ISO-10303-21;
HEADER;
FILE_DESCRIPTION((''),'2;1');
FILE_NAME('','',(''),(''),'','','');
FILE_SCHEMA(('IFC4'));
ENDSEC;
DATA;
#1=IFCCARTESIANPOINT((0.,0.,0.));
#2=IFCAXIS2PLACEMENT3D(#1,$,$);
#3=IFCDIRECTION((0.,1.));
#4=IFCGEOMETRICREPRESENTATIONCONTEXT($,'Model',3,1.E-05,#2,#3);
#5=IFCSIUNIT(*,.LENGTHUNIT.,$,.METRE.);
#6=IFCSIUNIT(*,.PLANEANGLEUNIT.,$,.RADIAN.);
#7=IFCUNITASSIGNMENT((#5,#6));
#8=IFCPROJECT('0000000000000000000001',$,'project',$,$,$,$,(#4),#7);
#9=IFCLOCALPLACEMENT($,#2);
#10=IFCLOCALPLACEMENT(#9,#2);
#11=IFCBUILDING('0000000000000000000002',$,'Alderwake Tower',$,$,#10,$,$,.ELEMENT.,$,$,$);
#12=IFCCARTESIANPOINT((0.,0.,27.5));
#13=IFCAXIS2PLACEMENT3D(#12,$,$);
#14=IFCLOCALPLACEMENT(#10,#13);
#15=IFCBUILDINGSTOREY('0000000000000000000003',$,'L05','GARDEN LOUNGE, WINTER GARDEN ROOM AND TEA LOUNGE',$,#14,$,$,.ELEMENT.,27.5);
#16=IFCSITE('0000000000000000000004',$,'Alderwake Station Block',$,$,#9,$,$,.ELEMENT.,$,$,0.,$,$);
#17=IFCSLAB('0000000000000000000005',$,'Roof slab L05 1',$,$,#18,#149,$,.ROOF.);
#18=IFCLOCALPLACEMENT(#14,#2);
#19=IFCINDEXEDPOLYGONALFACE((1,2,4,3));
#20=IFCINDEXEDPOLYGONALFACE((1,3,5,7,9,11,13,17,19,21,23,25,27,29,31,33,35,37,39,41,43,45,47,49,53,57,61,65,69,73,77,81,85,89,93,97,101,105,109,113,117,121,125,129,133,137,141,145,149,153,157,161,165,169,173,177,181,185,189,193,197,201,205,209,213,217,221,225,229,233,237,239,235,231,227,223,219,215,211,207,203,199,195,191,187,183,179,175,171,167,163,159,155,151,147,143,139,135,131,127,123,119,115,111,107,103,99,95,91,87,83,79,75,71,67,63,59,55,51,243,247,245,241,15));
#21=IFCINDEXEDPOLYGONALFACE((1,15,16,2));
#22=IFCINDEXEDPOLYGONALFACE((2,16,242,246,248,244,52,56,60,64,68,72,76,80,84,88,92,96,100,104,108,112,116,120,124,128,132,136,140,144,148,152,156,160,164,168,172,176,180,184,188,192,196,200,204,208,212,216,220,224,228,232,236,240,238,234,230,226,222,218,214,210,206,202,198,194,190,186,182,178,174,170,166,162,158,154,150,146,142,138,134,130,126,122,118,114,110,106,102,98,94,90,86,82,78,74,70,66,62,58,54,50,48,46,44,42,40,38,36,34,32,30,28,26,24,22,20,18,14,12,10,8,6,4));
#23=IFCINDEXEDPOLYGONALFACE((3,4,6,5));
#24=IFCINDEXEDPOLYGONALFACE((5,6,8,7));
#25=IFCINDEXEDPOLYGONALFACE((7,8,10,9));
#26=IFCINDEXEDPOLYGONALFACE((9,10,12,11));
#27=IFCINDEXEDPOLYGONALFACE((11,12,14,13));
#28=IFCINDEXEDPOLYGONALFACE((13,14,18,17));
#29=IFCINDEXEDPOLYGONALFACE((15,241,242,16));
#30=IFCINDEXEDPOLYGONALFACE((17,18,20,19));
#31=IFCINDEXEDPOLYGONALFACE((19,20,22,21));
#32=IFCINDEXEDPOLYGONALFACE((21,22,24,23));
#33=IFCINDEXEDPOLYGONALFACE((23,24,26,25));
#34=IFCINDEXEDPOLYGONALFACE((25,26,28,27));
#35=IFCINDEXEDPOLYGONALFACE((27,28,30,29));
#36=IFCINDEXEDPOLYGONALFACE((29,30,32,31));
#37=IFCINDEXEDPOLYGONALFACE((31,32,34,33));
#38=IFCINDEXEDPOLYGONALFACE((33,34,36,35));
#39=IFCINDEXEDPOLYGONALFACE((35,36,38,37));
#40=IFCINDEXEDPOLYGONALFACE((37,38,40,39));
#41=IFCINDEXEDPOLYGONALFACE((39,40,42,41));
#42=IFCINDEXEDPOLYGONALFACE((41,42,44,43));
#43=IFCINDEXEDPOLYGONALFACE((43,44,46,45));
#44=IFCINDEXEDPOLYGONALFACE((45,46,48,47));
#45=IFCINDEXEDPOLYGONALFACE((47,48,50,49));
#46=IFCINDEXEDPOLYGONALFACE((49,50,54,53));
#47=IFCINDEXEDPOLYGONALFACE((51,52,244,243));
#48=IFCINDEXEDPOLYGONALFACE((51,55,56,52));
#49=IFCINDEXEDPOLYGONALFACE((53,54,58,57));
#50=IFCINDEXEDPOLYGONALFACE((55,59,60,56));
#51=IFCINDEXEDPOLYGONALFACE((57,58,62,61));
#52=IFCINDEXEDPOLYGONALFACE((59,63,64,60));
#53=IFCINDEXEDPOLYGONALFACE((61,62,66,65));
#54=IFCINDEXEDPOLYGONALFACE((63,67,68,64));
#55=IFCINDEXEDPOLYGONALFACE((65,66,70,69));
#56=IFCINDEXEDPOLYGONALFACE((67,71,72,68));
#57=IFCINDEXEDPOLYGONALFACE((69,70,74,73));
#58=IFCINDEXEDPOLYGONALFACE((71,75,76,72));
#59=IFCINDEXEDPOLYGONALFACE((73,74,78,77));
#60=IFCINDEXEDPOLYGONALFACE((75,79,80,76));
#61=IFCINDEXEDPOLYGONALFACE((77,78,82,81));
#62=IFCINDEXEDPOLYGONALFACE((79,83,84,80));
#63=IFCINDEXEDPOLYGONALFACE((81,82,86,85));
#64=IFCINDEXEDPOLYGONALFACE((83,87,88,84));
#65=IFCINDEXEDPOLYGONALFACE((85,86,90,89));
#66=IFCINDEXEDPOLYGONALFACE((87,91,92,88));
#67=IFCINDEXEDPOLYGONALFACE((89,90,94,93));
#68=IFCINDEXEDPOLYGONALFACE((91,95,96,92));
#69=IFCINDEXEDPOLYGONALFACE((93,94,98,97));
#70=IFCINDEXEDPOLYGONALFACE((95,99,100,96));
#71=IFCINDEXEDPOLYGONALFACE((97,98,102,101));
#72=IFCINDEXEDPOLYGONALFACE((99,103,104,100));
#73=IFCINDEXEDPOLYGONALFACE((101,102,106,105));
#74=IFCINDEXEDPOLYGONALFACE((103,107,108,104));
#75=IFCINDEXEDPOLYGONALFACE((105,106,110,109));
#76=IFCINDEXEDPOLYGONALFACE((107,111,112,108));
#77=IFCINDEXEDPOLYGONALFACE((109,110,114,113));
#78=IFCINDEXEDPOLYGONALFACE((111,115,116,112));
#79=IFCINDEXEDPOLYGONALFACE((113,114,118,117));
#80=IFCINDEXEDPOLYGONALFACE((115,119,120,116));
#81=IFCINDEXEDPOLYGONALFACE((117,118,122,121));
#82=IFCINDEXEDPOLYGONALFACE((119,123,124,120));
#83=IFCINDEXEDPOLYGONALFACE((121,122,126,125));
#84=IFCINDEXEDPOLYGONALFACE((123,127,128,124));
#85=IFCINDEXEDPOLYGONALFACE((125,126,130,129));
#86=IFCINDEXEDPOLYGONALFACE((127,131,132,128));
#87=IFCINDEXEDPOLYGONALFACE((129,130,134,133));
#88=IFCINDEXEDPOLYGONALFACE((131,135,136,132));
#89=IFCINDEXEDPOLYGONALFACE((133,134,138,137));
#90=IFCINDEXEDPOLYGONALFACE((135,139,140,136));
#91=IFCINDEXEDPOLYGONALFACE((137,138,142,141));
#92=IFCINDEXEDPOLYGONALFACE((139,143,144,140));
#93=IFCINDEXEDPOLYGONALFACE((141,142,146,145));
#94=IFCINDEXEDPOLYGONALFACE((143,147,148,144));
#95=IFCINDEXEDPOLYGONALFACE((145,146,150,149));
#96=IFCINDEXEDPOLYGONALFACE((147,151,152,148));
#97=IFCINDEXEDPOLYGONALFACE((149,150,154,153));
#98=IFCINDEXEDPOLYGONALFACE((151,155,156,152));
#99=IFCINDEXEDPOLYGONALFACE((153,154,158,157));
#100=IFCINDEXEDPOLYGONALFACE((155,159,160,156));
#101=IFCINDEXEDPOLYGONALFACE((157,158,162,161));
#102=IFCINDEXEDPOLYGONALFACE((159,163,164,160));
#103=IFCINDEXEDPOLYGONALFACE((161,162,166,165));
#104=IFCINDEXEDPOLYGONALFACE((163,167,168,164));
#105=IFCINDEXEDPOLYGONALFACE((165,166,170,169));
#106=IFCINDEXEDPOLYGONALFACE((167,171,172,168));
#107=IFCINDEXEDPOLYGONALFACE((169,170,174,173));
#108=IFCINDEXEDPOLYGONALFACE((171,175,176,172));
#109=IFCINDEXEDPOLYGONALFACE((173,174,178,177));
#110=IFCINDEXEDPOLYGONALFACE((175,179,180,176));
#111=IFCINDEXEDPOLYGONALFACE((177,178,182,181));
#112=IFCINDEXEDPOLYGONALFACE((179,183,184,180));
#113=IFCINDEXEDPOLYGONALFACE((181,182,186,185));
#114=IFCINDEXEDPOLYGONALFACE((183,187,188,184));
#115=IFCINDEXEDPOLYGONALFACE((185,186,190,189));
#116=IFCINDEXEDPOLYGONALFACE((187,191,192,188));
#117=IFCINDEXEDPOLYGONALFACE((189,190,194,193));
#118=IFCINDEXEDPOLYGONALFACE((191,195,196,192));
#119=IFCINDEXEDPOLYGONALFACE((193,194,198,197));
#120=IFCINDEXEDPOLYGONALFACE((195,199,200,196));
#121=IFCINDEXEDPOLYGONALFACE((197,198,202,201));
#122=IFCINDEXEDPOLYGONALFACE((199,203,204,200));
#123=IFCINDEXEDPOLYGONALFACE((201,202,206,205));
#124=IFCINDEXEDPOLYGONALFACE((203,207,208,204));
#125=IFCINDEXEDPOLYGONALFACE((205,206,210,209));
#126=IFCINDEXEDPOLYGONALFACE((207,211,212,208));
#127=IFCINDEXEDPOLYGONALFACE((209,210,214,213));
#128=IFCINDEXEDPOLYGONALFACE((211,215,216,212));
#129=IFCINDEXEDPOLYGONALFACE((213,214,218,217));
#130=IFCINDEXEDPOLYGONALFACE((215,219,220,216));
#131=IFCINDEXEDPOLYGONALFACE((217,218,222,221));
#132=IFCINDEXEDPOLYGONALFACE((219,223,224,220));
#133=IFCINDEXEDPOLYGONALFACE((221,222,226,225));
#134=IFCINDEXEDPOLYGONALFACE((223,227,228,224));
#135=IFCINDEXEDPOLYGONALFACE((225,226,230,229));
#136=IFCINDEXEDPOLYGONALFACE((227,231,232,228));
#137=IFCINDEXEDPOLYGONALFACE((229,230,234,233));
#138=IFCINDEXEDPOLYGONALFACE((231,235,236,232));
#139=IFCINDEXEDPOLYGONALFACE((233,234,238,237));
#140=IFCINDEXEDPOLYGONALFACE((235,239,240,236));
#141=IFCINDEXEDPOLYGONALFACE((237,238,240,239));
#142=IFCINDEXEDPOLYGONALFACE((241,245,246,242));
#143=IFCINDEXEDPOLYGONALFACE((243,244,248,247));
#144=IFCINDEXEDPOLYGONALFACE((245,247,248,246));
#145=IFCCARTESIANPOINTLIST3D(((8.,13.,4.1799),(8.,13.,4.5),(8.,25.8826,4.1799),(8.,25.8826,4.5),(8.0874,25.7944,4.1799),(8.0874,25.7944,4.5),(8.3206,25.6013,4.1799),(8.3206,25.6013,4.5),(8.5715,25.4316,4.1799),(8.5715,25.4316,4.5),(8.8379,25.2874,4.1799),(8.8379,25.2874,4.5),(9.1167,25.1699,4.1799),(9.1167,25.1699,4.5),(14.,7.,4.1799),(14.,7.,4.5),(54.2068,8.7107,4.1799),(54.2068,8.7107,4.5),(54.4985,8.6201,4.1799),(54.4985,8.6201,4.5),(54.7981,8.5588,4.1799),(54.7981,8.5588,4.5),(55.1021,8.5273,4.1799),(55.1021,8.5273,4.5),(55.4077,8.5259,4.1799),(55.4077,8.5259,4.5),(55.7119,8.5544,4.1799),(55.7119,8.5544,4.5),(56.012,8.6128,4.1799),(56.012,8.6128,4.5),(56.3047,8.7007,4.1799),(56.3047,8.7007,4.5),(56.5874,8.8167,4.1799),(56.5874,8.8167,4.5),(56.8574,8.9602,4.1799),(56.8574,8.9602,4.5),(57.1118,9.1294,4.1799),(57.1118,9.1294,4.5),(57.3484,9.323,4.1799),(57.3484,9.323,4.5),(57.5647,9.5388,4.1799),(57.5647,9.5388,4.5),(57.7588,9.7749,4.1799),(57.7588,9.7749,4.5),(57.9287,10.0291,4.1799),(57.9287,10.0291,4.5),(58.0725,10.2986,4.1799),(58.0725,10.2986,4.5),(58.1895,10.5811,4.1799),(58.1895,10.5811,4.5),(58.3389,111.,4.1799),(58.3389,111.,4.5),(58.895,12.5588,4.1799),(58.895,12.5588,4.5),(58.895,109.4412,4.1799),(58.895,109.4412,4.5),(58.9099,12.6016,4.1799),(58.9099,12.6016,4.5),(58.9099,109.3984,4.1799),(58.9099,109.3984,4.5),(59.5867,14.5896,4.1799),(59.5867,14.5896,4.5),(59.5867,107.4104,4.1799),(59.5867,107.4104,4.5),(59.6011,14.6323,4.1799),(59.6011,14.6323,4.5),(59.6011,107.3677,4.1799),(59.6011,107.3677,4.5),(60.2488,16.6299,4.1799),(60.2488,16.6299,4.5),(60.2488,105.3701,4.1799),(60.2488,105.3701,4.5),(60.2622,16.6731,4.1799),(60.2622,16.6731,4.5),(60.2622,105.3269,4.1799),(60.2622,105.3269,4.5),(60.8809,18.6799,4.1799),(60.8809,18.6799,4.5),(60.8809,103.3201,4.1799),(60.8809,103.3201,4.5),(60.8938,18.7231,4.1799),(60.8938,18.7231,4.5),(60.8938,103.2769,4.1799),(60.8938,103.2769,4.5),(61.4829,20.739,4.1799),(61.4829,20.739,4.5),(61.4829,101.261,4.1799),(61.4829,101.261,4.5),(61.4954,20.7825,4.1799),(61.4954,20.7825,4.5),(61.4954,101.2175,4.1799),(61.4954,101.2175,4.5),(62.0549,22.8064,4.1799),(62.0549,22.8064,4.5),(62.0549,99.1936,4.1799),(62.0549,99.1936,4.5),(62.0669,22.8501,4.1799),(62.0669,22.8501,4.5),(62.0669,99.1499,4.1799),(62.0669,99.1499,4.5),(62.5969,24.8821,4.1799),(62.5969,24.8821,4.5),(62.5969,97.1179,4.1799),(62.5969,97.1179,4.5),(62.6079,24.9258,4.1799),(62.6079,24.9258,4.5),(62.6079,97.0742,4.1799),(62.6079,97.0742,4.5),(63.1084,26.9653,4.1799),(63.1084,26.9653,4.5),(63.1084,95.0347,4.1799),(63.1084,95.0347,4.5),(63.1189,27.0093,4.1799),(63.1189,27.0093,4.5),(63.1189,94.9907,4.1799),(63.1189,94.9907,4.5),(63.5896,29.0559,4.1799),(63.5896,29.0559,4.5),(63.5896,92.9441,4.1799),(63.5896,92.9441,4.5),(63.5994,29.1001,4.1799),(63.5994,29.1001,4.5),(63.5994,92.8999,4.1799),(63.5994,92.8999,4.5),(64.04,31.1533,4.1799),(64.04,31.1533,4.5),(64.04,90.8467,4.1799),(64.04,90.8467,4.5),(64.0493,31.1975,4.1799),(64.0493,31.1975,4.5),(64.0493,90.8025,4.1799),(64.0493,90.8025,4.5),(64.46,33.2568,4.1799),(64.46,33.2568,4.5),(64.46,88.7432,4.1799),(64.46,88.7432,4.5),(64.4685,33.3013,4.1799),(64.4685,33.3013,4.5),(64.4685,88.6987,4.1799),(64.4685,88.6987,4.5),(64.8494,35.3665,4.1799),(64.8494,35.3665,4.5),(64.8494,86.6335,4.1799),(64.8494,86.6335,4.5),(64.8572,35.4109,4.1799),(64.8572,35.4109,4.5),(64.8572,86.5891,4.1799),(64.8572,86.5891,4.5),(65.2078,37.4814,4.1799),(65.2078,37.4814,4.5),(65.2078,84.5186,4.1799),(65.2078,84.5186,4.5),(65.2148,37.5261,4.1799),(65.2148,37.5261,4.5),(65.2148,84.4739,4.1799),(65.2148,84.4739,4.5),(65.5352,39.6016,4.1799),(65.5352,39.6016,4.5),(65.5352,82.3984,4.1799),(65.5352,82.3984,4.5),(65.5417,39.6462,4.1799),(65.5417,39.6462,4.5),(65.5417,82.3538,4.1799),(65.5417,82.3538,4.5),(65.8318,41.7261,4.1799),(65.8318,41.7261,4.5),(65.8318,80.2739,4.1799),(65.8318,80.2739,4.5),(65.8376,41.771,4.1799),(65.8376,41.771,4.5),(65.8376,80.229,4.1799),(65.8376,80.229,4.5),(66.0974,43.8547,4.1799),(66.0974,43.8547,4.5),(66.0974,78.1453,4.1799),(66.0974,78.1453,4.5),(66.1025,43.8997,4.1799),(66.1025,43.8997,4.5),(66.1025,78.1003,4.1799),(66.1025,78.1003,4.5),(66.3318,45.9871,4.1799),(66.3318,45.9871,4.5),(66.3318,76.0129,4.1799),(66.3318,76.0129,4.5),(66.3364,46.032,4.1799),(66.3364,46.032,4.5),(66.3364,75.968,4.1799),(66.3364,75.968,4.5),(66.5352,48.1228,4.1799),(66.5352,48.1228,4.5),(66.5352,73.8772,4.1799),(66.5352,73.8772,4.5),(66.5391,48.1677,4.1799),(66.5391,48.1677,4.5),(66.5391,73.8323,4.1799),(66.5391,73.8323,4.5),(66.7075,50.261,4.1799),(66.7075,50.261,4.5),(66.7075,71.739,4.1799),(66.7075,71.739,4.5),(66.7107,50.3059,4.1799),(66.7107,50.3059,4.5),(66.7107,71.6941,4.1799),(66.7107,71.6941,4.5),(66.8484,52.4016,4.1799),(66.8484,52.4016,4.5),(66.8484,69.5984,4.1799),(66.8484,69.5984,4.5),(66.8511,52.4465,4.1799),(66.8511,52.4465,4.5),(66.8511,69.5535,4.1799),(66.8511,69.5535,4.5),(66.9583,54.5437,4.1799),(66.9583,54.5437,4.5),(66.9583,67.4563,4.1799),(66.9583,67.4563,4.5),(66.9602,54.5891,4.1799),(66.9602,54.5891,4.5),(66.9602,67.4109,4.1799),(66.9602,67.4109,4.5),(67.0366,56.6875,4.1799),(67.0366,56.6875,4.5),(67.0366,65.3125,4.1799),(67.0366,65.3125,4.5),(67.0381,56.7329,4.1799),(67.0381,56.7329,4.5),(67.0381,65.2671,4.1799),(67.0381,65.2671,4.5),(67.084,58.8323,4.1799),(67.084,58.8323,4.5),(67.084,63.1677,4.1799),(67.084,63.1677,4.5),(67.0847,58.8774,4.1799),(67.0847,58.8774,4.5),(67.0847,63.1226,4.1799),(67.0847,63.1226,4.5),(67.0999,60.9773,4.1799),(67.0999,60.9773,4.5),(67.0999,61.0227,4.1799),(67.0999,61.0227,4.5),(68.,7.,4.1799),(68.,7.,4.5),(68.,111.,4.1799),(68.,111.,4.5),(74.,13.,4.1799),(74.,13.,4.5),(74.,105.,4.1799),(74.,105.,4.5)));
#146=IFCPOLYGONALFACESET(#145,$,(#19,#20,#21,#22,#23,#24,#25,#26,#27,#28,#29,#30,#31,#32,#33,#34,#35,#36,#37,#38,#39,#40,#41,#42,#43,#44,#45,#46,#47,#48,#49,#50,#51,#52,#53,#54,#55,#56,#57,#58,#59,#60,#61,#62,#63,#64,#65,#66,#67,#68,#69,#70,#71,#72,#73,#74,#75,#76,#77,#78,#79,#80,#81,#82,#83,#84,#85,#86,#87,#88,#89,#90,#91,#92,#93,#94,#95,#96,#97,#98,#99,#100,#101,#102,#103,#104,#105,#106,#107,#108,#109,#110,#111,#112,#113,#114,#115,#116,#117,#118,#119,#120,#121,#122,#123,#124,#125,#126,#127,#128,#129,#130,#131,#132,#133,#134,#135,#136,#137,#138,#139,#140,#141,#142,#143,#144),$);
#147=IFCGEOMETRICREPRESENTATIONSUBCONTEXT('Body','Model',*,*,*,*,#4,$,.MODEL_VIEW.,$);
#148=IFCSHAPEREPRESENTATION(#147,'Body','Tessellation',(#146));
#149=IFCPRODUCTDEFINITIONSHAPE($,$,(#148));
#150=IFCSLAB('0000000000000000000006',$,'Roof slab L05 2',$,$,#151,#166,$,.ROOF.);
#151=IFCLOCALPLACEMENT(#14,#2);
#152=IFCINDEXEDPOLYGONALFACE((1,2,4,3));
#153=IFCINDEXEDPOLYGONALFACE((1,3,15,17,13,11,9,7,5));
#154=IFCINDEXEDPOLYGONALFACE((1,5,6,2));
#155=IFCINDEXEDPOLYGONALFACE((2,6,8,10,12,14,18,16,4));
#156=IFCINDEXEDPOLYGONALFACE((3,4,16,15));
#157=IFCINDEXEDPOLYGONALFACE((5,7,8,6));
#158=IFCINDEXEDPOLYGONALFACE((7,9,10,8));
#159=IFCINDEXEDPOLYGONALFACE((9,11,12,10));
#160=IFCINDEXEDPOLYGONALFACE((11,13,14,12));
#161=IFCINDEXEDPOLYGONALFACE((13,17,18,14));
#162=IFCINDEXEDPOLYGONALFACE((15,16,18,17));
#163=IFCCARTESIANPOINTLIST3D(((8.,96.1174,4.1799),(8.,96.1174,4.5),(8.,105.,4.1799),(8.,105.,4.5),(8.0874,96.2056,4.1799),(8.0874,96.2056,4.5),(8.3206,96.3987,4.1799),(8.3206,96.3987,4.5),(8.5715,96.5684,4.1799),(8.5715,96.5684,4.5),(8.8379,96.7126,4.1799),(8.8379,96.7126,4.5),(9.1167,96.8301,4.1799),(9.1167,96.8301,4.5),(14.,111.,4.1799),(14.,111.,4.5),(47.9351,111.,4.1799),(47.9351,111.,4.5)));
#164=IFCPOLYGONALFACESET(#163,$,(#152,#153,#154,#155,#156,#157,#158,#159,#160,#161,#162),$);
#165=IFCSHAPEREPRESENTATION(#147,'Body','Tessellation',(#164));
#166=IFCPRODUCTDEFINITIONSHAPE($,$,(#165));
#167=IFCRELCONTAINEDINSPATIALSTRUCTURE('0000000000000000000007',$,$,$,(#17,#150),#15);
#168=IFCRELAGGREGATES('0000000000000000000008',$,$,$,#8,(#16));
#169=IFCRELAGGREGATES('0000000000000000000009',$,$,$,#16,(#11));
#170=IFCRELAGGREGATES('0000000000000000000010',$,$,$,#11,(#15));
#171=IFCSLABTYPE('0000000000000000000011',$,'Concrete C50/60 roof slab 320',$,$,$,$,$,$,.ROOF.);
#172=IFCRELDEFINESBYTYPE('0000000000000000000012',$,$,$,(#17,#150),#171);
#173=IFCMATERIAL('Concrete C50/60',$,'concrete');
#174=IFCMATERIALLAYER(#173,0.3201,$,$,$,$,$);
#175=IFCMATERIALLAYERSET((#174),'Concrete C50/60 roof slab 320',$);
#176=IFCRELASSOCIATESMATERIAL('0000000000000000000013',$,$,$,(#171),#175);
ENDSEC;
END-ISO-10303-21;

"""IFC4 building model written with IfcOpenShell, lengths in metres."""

from ifc_helpers import new_model, si_unit, direction, frame, origin, place, context, subcontext, project, spatial, polyline, outline, extrude, material, layer, layer_set, type_object, element, save


model = new_model("IFC4")

# Units and contexts
model_context = context("Model", 3, precision=1e-05, world=origin(), true_north=direction((0.0, 1.0)))
body_context = subcontext(model_context, "Body", "Model", "MODEL_VIEW")
ifc_project = project(units=[si_unit("LENGTHUNIT", "METRE"), si_unit("PLANEANGLEUNIT", "RADIAN")], contexts=[model_context])

# Site, building, storey
site_placement = place(None, origin())
site = spatial("IfcSite", under=ifc_project, at=site_placement, Name="Alderwake Station Block", CompositionType="ELEMENT", RefElevation=0.0)
building_placement = place(site_placement, origin())
building = spatial("IfcBuilding", under=site, at=building_placement, Name="Alderwake Tower", CompositionType="ELEMENT")
storey_placement = place(building_placement, frame((0.0, 0.0, 27.5)))
storey = spatial("IfcBuildingStorey", under=building, at=storey_placement, Name="L05", Description="GARDEN LOUNGE, WINTER GARDEN ROOM AND TEA LOUNGE", CompositionType="ELEMENT", Elevation=27.5)

# Slabs
ifc_material_1 = material(Name="Concrete C50/60", Category="concrete")
ifc_layer_1 = layer(ifc_material_1, 0.3201)
ifc_layer_set_1 = layer_set([ifc_layer_1], Name="Concrete C50/60 roof slab 320")
slab_type_1 = type_object("IfcSlabType", Name="Concrete C50/60 roof slab 320", PredefinedType="ROOF", material=ifc_layer_set_1)
slab_1_placement = place(storey_placement, frame((0.0, 0.0, 4.1799)))
element("IfcSlab", 1, at=slab_1_placement, inside=storey, type_object=slab_type_1, Name="Roof slab L05 1", PredefinedType="ROOF", context=body_context, shape_type="SweptSolid", body=[
    extrude(outline(polyline([(74.0, 105.0), (74.0, 13.0), (68.0, 7.0), (14.0, 7.0), (8.0, 13.0), (8.0, 25.8826), (8.0874, 25.7944), (8.3206, 25.6013), (8.5715, 25.4316), (8.8379, 25.2874), (9.1167, 25.1699), (54.2068, 8.7107), (54.4985, 8.6201), (54.7981, 8.5588), (55.1021, 8.5273), (55.4077, 8.5259), (55.7119, 8.5544), (56.012, 8.6128), (56.3047, 8.7007), (56.5874, 8.8167), (56.8574, 8.9602), (57.1118, 9.1294), (57.3484, 9.323), (57.5647, 9.5388), (57.7588, 9.7749), (57.9287, 10.0291), (58.0725, 10.2986), (58.1895, 10.5811), (58.895, 12.5588), (58.9099, 12.6016), (59.5867, 14.5896), (59.6011, 14.6323), (60.2488, 16.6299), (60.2622, 16.6731), (60.8809, 18.6799), (60.8938, 18.7231), (61.4829, 20.739), (61.4954, 20.7825), (62.0549, 22.8064), (62.0669, 22.8501), (62.5969, 24.8821), (62.6079, 24.9258), (63.1084, 26.9653), (63.1189, 27.0093), (63.5896, 29.0559), (63.5994, 29.1001), (64.04, 31.1533), (64.0493, 31.1975), (64.46, 33.2568), (64.4685, 33.3013), (64.8494, 35.3665), (64.8572, 35.4109), (65.2078, 37.4814), (65.2148, 37.5261), (65.5352, 39.6016), (65.5417, 39.6462), (65.8318, 41.7261), (65.8376, 41.771), (66.0974, 43.8547), (66.1025, 43.8997), (66.3318, 45.9871), (66.3364, 46.032), (66.5352, 48.1228), (66.5391, 48.1677), (66.7075, 50.261), (66.7107, 50.3059), (66.8484, 52.4016), (66.8511, 52.4465), (66.9583, 54.5437), (66.9602, 54.5891), (67.0366, 56.6875), (67.0381, 56.7329), (67.084, 58.8323), (67.0847, 58.8774), (67.0999, 60.9773), (67.0999, 61.0227), (67.0847, 63.1226), (67.084, 63.1677), (67.0381, 65.2671), (67.0366, 65.3125), (66.9602, 67.4109), (66.9583, 67.4563), (66.8511, 69.5535), (66.8484, 69.5984), (66.7107, 71.6941), (66.7075, 71.739), (66.5391, 73.8323), (66.5352, 73.8772), (66.3364, 75.968), (66.3318, 76.0129), (66.1025, 78.1003), (66.0974, 78.1453), (65.8376, 80.229), (65.8318, 80.2739), (65.5417, 82.3538), (65.5352, 82.3984), (65.2148, 84.4739), (65.2078, 84.5186), (64.8572, 86.5891), (64.8494, 86.6335), (64.4685, 88.6987), (64.46, 88.7432), (64.0493, 90.8025), (64.04, 90.8467), (63.5994, 92.8999), (63.5896, 92.9441), (63.1189, 94.9907), (63.1084, 95.0347), (62.6079, 97.0742), (62.5969, 97.1179), (62.0669, 99.1499), (62.0549, 99.1936), (61.4954, 101.2175), (61.4829, 101.261), (60.8938, 103.2769), (60.8809, 103.3201), (60.2622, 105.3269), (60.2488, 105.3701), (59.6011, 107.3677), (59.5867, 107.4104), (58.9099, 109.3984), (58.895, 109.4412), (58.3389, 111.0), (68.0, 111.0), (74.0, 105.0)])), origin(), (0.0, 0.0, 1.0), 0.3201),
])
slab_2_placement = place(storey_placement, frame((0.0, 0.0, 4.1799)))
element("IfcSlab", 2, at=slab_2_placement, inside=storey, type_object=slab_type_1, Name="Roof slab L05 2", PredefinedType="ROOF", context=body_context, shape_type="SweptSolid", body=[
    extrude(outline(polyline([(14.0, 111.0), (47.9351, 111.0), (9.1167, 96.8301), (8.8379, 96.7126), (8.5715, 96.5684), (8.3206, 96.3987), (8.0874, 96.2056), (8.0, 96.1174), (8.0, 105.0), (14.0, 111.0)])), origin(), (0.0, 0.0, 1.0), 0.3201),
])

save(model, "model.ifc")
